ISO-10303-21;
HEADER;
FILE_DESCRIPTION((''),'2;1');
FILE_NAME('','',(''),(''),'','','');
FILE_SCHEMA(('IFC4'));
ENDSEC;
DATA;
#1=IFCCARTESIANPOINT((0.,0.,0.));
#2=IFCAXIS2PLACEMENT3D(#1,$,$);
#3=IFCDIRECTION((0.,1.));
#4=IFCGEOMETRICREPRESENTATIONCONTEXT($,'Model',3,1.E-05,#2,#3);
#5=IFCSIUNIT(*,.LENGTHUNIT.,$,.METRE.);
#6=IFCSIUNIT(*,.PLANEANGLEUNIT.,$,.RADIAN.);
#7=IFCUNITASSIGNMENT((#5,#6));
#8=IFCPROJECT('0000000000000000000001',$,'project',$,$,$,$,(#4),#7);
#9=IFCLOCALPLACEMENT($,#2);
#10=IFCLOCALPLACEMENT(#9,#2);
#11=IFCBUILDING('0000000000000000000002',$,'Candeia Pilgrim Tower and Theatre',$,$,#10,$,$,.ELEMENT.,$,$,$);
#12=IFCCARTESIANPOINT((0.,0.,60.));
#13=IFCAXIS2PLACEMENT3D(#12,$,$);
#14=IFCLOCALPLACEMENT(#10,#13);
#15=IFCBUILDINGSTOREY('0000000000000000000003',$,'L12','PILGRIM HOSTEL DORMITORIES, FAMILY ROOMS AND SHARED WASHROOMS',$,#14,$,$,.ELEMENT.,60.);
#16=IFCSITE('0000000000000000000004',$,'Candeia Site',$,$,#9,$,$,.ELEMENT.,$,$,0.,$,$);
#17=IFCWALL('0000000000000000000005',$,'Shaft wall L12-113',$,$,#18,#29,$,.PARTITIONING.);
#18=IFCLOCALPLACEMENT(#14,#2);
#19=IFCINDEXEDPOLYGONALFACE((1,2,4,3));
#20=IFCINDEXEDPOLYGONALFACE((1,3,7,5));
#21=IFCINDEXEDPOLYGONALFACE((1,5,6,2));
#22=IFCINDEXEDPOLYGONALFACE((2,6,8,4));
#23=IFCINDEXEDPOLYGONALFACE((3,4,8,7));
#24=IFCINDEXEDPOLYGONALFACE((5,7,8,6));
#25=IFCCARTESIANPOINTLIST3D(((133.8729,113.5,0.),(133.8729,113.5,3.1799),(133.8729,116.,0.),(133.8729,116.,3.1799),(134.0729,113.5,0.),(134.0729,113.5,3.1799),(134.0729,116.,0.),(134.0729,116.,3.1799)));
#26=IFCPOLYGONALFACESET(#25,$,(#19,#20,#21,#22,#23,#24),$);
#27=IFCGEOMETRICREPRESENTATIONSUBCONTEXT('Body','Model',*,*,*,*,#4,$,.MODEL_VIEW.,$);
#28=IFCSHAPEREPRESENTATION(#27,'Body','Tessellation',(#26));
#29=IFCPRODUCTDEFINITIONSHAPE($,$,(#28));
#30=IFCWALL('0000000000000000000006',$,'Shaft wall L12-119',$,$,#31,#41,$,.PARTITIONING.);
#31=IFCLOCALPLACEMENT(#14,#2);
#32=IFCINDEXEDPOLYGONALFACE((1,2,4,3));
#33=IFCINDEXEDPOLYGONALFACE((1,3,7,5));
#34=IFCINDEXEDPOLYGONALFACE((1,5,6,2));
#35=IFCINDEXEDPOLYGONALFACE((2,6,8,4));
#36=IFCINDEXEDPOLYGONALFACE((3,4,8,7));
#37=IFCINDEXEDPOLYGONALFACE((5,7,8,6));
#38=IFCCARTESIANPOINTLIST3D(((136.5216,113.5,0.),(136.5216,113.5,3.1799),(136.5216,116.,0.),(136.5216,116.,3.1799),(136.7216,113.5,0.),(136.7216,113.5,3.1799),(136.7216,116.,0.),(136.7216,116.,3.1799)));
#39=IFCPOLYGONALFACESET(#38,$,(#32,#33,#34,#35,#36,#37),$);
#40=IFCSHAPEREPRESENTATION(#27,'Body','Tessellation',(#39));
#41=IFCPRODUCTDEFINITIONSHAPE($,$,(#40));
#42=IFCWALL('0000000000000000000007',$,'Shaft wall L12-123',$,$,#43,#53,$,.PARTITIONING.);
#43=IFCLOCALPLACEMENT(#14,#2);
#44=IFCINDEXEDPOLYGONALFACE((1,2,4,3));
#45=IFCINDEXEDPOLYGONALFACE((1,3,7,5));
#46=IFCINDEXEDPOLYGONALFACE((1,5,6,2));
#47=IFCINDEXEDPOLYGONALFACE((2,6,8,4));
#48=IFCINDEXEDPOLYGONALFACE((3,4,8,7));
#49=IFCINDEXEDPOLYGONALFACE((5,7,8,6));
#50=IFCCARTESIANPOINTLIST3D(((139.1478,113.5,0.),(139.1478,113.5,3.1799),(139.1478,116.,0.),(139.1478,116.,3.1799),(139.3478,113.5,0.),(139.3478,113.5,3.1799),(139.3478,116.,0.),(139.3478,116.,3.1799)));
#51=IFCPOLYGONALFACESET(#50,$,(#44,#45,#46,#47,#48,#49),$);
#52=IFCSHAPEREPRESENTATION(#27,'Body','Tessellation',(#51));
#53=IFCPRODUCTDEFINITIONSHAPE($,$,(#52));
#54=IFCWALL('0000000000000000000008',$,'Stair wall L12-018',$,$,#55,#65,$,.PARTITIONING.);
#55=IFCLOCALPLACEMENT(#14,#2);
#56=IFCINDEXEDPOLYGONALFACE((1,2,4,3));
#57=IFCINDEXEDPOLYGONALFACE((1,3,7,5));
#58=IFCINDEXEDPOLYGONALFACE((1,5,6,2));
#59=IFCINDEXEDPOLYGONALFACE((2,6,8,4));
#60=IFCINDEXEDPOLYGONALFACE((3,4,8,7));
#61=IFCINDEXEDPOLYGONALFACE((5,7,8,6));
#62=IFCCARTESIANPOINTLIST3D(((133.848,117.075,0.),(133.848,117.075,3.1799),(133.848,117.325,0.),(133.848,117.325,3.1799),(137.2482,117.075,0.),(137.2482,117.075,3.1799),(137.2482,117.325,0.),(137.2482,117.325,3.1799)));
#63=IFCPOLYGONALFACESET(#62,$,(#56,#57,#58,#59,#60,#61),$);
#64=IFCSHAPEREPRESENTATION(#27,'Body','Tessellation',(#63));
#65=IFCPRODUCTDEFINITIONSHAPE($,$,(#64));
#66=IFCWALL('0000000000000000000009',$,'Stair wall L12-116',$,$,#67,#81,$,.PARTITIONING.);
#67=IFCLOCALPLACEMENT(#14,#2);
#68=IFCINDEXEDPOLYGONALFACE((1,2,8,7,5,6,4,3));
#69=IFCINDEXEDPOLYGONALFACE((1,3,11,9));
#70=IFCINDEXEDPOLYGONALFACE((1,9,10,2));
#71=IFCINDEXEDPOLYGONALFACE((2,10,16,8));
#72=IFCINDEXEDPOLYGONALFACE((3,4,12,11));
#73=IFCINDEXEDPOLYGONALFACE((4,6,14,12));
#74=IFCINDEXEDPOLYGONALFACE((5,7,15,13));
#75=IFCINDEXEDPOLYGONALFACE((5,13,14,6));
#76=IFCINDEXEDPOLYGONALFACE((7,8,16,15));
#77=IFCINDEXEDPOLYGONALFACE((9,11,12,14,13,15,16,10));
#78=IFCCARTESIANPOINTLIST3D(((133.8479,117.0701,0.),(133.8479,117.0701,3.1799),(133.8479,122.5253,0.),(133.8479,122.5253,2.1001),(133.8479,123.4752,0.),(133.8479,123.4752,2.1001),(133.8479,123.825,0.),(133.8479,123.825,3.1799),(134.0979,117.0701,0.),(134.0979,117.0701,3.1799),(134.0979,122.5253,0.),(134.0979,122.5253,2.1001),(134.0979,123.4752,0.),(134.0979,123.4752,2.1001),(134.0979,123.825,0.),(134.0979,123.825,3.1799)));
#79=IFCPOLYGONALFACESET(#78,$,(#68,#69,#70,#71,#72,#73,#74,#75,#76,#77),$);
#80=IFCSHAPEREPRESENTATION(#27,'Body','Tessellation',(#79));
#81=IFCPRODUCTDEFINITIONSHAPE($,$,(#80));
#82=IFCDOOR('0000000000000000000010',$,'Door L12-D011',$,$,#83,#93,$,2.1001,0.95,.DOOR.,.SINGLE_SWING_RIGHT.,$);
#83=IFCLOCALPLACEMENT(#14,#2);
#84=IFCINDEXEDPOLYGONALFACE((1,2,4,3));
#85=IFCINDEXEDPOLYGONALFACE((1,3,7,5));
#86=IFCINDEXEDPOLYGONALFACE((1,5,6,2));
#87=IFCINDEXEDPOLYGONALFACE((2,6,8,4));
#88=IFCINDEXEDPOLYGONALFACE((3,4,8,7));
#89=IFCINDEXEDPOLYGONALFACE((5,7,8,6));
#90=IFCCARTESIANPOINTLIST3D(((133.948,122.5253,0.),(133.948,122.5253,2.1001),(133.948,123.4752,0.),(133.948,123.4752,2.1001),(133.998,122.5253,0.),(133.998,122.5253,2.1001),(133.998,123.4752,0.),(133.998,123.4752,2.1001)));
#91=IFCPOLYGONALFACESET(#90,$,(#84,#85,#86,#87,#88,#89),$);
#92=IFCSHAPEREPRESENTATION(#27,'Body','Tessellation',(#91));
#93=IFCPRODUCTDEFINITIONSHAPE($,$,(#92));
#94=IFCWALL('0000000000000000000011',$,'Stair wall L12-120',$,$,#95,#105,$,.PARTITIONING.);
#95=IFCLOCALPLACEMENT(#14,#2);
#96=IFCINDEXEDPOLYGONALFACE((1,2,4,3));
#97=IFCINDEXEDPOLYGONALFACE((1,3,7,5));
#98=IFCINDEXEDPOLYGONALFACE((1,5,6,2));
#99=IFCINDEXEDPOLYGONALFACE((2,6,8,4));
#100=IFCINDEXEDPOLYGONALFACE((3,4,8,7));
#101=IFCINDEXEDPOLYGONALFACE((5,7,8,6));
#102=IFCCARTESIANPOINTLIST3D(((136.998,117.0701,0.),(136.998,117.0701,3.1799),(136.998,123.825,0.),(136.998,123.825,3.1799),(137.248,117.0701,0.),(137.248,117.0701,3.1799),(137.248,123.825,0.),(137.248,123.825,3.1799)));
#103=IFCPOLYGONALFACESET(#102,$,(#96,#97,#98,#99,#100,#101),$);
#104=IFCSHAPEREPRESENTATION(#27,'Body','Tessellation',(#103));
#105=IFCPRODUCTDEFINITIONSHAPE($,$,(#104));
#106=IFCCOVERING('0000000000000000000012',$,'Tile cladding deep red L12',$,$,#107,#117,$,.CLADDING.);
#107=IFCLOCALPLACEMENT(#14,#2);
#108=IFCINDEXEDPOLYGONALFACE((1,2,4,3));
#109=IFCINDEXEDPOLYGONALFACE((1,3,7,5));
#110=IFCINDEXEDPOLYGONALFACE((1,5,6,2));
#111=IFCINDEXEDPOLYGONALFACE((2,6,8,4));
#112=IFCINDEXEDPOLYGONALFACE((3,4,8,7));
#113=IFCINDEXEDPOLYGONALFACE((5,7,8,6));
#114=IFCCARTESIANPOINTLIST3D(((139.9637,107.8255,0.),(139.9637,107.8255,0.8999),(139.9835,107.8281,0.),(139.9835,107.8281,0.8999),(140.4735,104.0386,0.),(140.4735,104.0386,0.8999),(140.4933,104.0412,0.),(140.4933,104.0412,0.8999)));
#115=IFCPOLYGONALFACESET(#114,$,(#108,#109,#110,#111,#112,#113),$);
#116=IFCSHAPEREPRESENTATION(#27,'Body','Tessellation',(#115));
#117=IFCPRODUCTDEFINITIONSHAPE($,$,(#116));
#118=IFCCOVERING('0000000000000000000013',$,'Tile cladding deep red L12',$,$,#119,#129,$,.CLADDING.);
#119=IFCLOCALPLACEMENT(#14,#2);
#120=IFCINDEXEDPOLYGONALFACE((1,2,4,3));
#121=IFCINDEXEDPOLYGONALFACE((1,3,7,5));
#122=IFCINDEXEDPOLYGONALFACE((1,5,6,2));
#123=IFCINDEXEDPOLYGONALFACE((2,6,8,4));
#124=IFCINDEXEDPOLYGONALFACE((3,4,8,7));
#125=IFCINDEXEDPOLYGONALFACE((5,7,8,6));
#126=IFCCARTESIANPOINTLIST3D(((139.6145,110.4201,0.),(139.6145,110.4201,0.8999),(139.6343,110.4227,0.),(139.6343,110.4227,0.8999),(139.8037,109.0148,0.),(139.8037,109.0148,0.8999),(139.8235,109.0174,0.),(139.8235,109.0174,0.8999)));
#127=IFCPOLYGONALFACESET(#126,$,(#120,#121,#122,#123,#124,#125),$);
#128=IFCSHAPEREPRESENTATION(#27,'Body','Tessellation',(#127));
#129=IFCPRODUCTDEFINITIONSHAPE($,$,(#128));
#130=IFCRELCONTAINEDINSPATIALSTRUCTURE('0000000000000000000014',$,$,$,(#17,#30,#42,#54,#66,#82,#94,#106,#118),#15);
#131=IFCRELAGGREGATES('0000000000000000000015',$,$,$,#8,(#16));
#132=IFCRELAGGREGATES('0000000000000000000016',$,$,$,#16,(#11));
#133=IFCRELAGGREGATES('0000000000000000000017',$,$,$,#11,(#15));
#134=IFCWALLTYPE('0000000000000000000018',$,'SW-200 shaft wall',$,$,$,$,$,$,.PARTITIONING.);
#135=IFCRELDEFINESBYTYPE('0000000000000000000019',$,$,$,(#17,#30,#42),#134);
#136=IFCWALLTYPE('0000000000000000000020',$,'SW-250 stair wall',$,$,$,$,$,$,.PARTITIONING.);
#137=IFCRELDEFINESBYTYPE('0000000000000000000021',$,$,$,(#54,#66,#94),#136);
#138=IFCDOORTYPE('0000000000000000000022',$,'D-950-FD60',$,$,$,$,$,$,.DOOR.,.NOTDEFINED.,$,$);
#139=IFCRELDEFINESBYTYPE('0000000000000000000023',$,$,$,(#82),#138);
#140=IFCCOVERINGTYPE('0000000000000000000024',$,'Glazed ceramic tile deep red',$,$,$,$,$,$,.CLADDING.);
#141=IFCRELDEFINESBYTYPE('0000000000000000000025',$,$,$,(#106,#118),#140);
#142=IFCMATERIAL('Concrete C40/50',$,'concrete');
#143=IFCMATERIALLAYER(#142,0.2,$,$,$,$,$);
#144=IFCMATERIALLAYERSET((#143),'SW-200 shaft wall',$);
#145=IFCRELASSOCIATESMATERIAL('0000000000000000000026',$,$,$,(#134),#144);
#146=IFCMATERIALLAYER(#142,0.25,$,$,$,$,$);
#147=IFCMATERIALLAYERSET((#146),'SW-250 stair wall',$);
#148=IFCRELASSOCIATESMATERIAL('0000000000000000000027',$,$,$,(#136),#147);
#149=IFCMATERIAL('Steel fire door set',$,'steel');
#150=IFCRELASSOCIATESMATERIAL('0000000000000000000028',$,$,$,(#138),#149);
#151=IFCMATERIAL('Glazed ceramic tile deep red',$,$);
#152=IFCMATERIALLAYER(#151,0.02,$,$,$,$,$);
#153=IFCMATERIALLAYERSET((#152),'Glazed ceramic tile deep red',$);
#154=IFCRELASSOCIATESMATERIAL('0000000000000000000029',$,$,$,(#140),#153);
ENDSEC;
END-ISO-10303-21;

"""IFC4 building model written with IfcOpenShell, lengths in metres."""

from ifc_helpers import new_model, si_unit, direction, frame, frame_2d, origin, origin_2d, place, context, subcontext, project, spatial, rectangle, extrude, material, layer, layer_set, type_object, element, fill, save


model = new_model("IFC4")

# Units and contexts
model_context = context("Model", 3, precision=1e-05, world=origin(), true_north=direction((0.0, 1.0)))
body_context = subcontext(model_context, "Body", "Model", "MODEL_VIEW")
ifc_project = project(units=[si_unit("LENGTHUNIT", "METRE"), si_unit("PLANEANGLEUNIT", "RADIAN")], contexts=[model_context])

# Site, building, storey
site_placement = place(None, origin())
site = spatial("IfcSite", under=ifc_project, at=site_placement, Name="Candeia Site", CompositionType="ELEMENT", RefElevation=0.0)
building_placement = place(site_placement, origin())
building = spatial("IfcBuilding", under=site, at=building_placement, Name="Candeia Pilgrim Tower and Theatre", CompositionType="ELEMENT")
storey_placement = place(building_placement, frame((0.0, 0.0, 60.0)))
storey = spatial("IfcBuildingStorey", under=building, at=storey_placement, Name="L12", Description="PILGRIM HOSTEL DORMITORIES, FAMILY ROOMS AND SHARED WASHROOMS", CompositionType="ELEMENT", Elevation=60.0)

# Shared definitions
ifc_material_1 = material(Name="Steel fire door set", Category="steel")

# Shared definitions
ifc_material_2 = material(Name="Concrete C40/50", Category="concrete")
ifc_layer_1 = layer(ifc_material_2, 0.2)
ifc_layer_set_1 = layer_set([ifc_layer_1], Name="SW-200 shaft wall")
wall_type_1 = type_object("IfcWallType", Name="SW-200 shaft wall", PredefinedType="PARTITIONING", material=ifc_layer_set_1)

# Walls
for number, where, z_axis, x_axis, name in (
    (1, (133.9729, 113.5, 0.0), (0.0, 0.0, 1.0), (0.0, 1.0, 0.0), "Shaft wall L12-113"),
    (2, (136.6216, 113.5, 0.0), (0.0, 0.0, 1.0), (0.0, 1.0, 0.0), "Shaft wall L12-119"),
    (3, (139.2478, 113.5, 0.0), (0.0, 0.0, 1.0), (0.0, 1.0, 0.0), "Shaft wall L12-123"),
):
    element("IfcWall", number, at=place(storey_placement, frame(where, z_axis=z_axis, x_axis=x_axis)), inside=storey, type_object=wall_type_1, Name=name, PredefinedType="PARTITIONING", context=body_context, shape_type="SweptSolid", body=[
        extrude(rectangle(XDim=2.5, YDim=0.2, at=frame_2d((1.25, 0.0))), origin(), (0.0, 0.0, 1.0), 3.1799),
    ])
ifc_layer_2 = layer(ifc_material_2, 0.25)
ifc_layer_set_2 = layer_set([ifc_layer_2], Name="SW-250 stair wall")
wall_type_2 = type_object("IfcWallType", Name="SW-250 stair wall", PredefinedType="PARTITIONING", material=ifc_layer_set_2)
wall_1_placement = place(storey_placement, frame((133.8479, 117.2, 0.0), z_axis=(0.0, 0.0, 1.0), x_axis=(1.0, 0.0, 0.0)))
element("IfcWall", 4, at=wall_1_placement, inside=storey, type_object=wall_type_2, Name="Stair wall L12-018", PredefinedType="PARTITIONING", context=body_context, shape_type="SweptSolid", body=[
    extrude(rectangle(XDim=3.4001, YDim=0.25, at=frame_2d((1.7002, 0.0))), origin(), (0.0, 0.0, 1.0), 3.1799),
])

# Wall, opening, door
wall_2_placement = place(storey_placement, frame((133.9729, 117.0701, 0.0), z_axis=(0.0, 0.0, 1.0), x_axis=(0.0, 1.0, 0.0)))
wall_2 = element("IfcWall", 5, at=wall_2_placement, inside=storey, type_object=wall_type_2, Name="Stair wall L12-116", PredefinedType="PARTITIONING", context=body_context, shape_type="SweptSolid", body=[
    extrude(rectangle(XDim=6.7549, YDim=0.25, at=frame_2d((3.3774, 0.0))), origin(), (0.0, 0.0, 1.0), 3.1799),
])
opening_1_placement = place(wall_2_placement, frame((5.4551, 0.0, 0.0)))
opening_1 = element("IfcOpeningElement", 6, at=opening_1_placement, cuts=wall_2, PredefinedType="OPENING", context=body_context, shape_type="SweptSolid", body=[
    extrude(rectangle(XDim=0.95, YDim=2.1001, at=frame_2d((0.4751, 1.05))), frame((0.0, 0.135, 0.0), z_axis=(0.0, -1.0, 0.0), x_axis=(1.0, 0.0, 0.0)), (0.0, 0.0, 1.0), 0.27),
])
door_type_1 = type_object("IfcDoorType", Name="D-950-FD60", OperationType="NOTDEFINED", PredefinedType="DOOR", material=ifc_material_1)
door_1_placement = place(opening_1_placement, origin())
door_1 = element("IfcDoor", 7, at=door_1_placement, inside=storey, type_object=door_type_1, Name="Door L12-D011", OperationType="SINGLE_SWING_RIGHT", OverallHeight=2.1001, OverallWidth=0.95, PredefinedType="DOOR", context=body_context, shape_type="SweptSolid", body=[
    extrude(rectangle(XDim=0.95, YDim=2.1001, at=frame_2d((0.4751, 1.05))), frame((0.0, 0.0249, 0.0), z_axis=(0.0, -1.0, 0.0), x_axis=(1.0, 0.0, 0.0)), (0.0, 0.0, 1.0), 0.05),
])
fill(opening_1, door_1)

# Wall
wall_3_placement = place(storey_placement, frame((137.123, 117.0701, 0.0), z_axis=(0.0, 0.0, 1.0), x_axis=(0.0, 1.0, 0.0)))
element("IfcWall", 8, at=wall_3_placement, inside=storey, type_object=wall_type_2, Name="Stair wall L12-120", PredefinedType="PARTITIONING", context=body_context, shape_type="SweptSolid", body=[
    extrude(rectangle(XDim=6.7549, YDim=0.25, at=frame_2d((3.3774, 0.0))), origin(), (0.0, 0.0, 1.0), 3.1799),
])

# Coverings
ifc_material_3 = material(Name="Glazed ceramic tile deep red")
ifc_layer_3 = layer(ifc_material_3, 0.02)
ifc_layer_set_3 = layer_set([ifc_layer_3], Name="Glazed ceramic tile deep red")
covering_type = type_object("IfcCoveringType", Name="Glazed ceramic tile deep red", PredefinedType="CLADDING", material=ifc_layer_set_3)
covering_1_placement = place(storey_placement, frame((140.2285, 105.9333, 0.0), z_axis=(0.0, 0.0, 1.0), x_axis=(-0.133412, 0.991061, 0.0)))
element("IfcCovering", 9, at=covering_1_placement, inside=storey, type_object=covering_type, Name="Tile cladding deep red L12", PredefinedType="CLADDING", context=body_context, shape_type="SweptSolid", body=[
    extrude(rectangle(XDim=3.821, YDim=0.02, at=origin_2d()), origin(), (0.0, 0.0, 1.0), 0.8999),
])
covering_2_placement = place(storey_placement, frame((139.719, 109.7188, 0.0), z_axis=(0.0, 0.0, 1.0), x_axis=(-0.133412, 0.991061, 0.0)))
element("IfcCovering", 10, at=covering_2_placement, inside=storey, type_object=covering_type, Name="Tile cladding deep red L12", PredefinedType="CLADDING", context=body_context, shape_type="SweptSolid", body=[
    extrude(rectangle(XDim=1.418, YDim=0.02, at=origin_2d()), origin(), (0.0, 0.0, 1.0), 0.8999),
])

save(model, "model.ifc")
